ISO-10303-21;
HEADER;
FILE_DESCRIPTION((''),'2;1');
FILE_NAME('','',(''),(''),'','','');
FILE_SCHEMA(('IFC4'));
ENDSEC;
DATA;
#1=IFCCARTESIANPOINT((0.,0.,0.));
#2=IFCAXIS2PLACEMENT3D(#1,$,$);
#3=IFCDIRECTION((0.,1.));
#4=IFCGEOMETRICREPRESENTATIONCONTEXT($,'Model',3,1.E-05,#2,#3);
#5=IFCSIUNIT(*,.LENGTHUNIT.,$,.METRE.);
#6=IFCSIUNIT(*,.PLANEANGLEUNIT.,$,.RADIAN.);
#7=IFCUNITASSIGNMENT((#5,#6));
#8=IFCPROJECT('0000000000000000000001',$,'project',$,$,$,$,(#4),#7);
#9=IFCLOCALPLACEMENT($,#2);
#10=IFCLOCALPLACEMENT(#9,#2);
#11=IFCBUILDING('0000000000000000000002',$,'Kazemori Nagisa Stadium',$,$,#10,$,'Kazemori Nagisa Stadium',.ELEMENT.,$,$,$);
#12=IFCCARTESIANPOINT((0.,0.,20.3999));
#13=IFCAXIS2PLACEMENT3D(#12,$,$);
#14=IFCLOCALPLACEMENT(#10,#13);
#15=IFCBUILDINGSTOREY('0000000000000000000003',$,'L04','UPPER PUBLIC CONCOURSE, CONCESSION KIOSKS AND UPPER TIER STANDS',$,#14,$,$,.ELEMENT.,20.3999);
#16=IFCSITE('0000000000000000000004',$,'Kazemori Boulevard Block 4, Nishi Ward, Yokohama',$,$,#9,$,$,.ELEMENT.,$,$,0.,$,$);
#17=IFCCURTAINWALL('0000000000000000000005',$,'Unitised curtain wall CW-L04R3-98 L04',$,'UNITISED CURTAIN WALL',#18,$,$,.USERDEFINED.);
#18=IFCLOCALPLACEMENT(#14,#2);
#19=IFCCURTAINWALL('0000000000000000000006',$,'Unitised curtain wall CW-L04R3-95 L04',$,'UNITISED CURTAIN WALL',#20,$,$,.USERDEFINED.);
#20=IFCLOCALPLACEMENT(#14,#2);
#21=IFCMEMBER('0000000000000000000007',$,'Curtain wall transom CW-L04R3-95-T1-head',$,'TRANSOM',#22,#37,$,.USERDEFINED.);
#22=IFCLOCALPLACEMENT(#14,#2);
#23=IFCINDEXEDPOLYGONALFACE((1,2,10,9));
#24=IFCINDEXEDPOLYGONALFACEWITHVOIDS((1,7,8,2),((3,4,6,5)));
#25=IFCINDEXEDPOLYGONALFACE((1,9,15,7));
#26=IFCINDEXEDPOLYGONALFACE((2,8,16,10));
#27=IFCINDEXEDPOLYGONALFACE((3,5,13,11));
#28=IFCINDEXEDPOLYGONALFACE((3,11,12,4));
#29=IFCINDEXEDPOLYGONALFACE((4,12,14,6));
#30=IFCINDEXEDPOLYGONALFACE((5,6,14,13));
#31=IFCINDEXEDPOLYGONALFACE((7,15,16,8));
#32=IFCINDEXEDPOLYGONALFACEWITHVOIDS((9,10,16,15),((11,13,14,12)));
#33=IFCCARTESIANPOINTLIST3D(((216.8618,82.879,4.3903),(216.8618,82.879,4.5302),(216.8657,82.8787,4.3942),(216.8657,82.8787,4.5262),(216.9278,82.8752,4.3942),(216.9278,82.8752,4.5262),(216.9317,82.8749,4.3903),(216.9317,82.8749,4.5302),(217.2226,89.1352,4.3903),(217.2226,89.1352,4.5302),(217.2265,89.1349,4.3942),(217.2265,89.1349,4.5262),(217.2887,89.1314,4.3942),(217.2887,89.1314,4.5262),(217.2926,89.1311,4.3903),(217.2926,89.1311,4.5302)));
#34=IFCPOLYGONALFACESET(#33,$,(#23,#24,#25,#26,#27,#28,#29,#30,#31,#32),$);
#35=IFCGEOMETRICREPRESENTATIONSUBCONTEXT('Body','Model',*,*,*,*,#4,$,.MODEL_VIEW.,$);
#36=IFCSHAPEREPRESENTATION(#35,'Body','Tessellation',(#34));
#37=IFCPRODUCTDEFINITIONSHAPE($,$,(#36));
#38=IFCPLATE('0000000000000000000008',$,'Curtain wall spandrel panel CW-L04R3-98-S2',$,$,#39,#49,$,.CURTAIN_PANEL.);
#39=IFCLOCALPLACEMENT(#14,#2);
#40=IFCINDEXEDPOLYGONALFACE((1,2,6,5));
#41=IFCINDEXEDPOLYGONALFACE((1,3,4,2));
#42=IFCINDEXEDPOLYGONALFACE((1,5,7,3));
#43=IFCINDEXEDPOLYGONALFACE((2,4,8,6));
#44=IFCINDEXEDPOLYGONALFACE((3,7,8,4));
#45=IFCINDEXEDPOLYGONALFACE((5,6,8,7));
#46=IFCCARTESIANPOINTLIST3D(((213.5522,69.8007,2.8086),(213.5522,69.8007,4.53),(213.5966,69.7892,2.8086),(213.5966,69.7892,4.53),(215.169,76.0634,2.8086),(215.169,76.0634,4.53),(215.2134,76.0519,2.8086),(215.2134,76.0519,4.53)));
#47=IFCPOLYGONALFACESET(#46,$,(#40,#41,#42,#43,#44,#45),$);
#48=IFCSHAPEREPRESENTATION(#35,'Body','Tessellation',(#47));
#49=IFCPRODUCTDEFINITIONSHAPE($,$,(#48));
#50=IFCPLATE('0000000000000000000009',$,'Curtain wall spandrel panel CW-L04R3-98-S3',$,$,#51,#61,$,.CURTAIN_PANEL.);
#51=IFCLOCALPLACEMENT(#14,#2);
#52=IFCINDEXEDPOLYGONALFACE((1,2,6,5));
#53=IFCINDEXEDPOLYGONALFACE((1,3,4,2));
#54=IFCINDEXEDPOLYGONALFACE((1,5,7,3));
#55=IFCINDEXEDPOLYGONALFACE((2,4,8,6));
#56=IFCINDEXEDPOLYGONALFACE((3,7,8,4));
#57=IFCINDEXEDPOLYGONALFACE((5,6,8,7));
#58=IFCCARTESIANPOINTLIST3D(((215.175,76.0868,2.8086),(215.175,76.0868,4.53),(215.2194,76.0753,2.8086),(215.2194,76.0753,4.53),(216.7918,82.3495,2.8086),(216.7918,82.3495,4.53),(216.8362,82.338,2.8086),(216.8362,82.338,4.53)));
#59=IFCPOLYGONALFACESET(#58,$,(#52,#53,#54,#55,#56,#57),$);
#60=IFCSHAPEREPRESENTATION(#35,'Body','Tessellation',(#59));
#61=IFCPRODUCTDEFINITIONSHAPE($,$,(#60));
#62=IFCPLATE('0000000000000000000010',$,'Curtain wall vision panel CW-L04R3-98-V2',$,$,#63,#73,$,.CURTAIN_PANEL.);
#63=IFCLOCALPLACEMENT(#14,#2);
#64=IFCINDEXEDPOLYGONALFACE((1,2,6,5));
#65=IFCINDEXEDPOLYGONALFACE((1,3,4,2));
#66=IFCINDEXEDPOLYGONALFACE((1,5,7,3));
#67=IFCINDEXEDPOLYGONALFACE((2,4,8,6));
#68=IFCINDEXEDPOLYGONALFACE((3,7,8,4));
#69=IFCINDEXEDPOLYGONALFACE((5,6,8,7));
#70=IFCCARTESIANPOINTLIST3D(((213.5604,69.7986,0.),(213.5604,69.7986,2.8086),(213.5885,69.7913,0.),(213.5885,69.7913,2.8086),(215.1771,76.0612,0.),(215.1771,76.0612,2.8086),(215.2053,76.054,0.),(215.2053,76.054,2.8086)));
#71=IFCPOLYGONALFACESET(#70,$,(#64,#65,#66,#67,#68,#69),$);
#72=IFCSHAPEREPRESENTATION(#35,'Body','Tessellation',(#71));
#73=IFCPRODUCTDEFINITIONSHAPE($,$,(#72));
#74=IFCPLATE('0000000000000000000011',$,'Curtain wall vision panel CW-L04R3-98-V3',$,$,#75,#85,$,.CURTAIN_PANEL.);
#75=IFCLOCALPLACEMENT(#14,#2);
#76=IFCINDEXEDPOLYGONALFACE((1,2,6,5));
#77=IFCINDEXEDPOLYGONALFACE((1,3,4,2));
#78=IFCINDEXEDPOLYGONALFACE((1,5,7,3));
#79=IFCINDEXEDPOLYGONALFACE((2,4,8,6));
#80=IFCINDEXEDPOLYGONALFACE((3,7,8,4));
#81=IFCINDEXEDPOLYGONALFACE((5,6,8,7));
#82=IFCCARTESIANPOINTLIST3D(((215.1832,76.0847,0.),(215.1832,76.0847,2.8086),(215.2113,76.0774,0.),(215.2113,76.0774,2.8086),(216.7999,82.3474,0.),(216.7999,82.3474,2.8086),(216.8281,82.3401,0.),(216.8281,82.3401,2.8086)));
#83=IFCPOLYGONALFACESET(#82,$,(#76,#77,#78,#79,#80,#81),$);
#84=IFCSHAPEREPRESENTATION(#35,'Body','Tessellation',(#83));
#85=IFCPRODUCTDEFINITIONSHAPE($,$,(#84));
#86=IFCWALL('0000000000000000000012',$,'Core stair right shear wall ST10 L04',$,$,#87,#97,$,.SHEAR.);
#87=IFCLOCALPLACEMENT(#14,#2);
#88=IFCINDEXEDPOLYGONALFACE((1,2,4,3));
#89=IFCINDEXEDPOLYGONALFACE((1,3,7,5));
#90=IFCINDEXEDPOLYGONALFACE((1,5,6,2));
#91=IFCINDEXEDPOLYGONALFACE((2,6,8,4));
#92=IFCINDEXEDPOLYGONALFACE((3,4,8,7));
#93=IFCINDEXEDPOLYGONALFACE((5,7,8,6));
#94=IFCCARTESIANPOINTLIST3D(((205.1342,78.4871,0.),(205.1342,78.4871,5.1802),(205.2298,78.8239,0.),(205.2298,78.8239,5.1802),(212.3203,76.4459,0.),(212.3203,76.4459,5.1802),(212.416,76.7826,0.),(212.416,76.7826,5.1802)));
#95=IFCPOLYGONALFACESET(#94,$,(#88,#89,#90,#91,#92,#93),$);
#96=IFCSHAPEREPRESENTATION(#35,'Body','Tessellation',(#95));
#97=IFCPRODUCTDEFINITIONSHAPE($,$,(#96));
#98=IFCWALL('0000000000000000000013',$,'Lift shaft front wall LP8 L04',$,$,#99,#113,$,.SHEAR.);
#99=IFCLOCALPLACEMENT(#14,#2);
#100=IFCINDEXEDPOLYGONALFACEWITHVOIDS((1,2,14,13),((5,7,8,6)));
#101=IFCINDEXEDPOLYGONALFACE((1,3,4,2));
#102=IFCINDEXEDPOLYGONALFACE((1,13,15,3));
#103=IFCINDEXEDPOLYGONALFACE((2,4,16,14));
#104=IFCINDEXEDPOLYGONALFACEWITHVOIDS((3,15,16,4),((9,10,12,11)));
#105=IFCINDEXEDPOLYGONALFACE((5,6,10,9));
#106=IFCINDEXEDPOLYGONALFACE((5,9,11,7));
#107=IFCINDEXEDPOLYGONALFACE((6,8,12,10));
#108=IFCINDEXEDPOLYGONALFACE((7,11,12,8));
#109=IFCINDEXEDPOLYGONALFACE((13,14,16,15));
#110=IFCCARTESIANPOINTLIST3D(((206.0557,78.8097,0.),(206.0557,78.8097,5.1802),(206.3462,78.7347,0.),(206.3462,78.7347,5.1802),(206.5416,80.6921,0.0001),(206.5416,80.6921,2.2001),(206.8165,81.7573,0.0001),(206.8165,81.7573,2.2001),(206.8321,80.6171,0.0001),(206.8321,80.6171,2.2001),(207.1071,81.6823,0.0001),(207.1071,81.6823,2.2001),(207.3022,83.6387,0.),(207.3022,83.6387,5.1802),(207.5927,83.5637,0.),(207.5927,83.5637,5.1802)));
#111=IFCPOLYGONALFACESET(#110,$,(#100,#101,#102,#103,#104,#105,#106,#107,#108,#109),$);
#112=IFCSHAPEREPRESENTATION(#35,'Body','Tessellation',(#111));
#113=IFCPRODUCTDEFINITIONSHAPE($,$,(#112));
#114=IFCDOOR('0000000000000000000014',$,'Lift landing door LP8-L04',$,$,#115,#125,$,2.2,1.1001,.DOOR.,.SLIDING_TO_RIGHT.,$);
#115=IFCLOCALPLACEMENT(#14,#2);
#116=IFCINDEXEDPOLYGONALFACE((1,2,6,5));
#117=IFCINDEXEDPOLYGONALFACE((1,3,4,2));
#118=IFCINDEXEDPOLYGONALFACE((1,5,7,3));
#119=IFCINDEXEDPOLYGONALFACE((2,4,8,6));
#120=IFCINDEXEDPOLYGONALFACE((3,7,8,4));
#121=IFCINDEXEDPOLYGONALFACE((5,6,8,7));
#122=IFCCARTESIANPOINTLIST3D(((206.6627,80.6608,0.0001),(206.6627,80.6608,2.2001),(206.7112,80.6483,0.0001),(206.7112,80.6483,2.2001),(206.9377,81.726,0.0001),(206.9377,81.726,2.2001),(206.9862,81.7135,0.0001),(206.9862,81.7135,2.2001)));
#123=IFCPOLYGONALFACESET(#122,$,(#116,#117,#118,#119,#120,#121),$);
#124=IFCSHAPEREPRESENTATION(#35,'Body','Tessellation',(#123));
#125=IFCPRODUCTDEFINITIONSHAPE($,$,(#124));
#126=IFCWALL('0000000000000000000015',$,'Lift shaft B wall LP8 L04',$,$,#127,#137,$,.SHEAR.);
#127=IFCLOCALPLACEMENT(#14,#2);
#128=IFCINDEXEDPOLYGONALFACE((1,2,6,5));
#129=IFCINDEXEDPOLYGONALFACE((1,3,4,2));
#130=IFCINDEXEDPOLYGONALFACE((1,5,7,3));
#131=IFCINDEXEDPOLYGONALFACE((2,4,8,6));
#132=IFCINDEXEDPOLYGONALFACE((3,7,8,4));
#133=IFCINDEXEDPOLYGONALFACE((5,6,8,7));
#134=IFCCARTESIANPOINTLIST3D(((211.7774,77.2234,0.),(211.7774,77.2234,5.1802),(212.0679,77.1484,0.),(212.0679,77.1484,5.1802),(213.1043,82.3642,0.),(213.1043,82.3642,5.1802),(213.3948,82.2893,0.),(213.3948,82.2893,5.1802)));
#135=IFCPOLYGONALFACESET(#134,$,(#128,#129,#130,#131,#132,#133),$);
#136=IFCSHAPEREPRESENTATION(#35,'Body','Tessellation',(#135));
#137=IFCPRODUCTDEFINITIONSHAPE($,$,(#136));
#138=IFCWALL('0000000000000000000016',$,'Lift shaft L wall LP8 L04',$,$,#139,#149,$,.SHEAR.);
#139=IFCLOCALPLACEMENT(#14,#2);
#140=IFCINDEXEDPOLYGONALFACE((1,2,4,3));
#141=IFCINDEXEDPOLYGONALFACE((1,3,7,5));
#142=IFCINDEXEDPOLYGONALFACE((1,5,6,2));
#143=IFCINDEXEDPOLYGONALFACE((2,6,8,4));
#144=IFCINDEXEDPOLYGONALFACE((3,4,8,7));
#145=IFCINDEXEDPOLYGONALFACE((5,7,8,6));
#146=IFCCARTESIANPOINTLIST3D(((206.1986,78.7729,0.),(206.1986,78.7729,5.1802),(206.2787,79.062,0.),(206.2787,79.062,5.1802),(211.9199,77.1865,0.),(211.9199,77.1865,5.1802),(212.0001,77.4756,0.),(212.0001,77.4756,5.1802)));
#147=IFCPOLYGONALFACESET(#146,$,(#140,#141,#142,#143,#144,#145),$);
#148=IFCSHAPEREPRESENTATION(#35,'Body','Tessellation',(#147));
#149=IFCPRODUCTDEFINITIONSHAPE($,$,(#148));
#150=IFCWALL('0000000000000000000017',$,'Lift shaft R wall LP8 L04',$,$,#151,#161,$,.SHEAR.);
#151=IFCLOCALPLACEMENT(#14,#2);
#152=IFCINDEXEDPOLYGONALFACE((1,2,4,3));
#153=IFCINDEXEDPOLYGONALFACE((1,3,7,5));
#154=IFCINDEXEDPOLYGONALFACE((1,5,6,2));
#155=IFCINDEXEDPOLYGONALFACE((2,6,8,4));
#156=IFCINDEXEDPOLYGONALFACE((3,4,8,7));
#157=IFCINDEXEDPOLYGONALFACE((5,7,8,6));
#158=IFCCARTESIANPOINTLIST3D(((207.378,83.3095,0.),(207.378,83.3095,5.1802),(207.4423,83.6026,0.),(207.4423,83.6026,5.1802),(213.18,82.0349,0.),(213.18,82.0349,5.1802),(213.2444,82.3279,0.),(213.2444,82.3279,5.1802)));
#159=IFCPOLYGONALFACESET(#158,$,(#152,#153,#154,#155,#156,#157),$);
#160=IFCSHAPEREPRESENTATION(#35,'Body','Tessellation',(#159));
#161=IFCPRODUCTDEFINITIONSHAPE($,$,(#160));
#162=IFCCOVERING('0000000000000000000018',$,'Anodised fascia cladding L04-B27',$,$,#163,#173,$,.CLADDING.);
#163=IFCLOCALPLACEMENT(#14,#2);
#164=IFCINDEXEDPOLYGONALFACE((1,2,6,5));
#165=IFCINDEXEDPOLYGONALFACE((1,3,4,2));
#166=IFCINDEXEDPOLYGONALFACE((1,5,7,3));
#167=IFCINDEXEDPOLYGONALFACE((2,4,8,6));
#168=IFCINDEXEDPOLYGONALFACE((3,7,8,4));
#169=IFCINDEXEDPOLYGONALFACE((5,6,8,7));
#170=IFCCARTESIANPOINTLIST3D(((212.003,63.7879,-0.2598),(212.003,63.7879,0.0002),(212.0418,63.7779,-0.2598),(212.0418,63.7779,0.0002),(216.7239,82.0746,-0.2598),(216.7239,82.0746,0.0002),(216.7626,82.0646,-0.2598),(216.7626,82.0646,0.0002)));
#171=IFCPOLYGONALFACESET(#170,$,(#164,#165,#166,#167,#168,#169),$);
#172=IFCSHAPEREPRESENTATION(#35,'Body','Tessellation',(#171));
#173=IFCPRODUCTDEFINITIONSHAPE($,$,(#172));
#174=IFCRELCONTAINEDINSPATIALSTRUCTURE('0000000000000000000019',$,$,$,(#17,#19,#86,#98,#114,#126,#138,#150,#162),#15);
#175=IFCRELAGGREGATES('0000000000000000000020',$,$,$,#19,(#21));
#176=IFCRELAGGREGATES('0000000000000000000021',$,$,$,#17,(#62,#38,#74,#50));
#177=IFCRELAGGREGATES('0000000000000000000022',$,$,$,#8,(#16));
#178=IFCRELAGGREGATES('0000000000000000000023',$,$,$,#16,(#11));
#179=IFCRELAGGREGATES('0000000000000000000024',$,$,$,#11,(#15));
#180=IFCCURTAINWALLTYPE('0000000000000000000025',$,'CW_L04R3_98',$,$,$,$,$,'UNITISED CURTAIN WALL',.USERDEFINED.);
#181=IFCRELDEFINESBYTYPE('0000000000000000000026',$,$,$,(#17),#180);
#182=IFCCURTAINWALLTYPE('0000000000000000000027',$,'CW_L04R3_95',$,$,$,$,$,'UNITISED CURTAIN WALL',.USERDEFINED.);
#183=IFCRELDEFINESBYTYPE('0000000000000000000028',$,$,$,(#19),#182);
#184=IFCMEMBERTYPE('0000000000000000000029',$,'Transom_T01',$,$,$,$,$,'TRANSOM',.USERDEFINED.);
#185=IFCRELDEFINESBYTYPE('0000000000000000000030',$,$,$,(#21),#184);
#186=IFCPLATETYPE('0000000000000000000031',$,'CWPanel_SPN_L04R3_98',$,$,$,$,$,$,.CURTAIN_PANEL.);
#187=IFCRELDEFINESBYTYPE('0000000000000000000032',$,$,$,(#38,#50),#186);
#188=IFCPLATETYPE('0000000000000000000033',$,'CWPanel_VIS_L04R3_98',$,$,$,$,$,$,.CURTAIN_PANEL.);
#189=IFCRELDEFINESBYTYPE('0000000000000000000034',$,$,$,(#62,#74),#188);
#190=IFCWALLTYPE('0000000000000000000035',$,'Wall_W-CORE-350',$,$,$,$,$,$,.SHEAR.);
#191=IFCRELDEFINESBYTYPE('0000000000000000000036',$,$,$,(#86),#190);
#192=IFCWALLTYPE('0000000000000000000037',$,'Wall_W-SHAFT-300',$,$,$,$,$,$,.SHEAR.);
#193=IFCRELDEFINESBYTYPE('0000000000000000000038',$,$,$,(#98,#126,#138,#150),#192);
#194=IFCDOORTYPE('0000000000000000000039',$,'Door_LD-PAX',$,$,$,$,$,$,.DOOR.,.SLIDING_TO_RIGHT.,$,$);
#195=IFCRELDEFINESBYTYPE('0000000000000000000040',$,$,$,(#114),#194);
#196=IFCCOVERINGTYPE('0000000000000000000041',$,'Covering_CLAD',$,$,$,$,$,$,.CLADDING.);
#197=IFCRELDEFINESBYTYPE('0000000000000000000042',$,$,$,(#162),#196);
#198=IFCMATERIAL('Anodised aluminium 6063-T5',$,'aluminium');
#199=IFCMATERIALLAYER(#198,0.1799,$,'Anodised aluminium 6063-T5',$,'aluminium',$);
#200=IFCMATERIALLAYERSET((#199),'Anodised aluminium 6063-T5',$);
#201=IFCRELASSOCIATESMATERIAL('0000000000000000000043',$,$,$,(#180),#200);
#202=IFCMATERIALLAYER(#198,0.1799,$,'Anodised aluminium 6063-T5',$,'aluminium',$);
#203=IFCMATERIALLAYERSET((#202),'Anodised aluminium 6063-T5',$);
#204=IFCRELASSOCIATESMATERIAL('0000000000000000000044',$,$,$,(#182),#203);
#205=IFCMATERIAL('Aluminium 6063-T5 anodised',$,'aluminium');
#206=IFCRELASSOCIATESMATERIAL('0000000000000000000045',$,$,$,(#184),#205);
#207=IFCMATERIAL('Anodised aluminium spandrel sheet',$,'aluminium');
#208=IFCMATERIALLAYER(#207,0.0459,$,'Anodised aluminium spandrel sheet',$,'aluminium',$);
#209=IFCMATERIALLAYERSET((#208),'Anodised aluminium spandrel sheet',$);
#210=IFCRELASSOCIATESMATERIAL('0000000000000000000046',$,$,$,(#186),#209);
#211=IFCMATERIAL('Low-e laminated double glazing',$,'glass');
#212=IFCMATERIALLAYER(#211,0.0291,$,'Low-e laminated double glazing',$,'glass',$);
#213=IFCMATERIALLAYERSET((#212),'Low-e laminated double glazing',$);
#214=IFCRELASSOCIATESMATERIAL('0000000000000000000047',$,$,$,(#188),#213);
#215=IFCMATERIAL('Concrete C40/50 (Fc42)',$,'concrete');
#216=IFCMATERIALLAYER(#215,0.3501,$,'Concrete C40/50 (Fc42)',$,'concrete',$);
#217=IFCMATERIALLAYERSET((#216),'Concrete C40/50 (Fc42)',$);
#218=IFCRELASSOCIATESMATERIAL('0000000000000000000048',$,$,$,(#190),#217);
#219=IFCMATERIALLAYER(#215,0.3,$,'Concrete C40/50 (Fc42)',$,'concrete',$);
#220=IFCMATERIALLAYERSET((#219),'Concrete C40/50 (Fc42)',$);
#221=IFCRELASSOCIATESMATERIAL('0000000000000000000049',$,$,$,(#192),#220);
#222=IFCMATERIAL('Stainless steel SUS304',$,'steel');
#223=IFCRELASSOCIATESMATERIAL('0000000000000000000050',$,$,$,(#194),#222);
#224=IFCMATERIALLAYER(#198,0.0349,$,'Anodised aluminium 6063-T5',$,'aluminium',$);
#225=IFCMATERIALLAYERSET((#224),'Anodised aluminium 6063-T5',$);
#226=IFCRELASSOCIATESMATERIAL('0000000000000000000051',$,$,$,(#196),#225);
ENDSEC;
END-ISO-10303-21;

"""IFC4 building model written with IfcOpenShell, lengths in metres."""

from ifc_helpers import new_model, si_unit, direction, frame, frame_2d, origin, origin_2d, place, context, subcontext, project, spatial, rectangle, hollow_rectangle, extrude, material, layer, layer_set, material_profile, profile_set, type_object, element, fill, aggregate, save


model = new_model("IFC4")

# Units and contexts
model_context = context("Model", 3, precision=1e-05, world=origin(), true_north=direction((0.0, 1.0)))
body_context = subcontext(model_context, "Body", "Model", "MODEL_VIEW")
ifc_project = project(units=[si_unit("LENGTHUNIT", "METRE"), si_unit("PLANEANGLEUNIT", "RADIAN")], contexts=[model_context])

# Site, building, storey
site_placement = place(None, origin())
site = spatial("IfcSite", under=ifc_project, at=site_placement, Name="Kazemori Boulevard Block 4, Nishi Ward, Yokohama", CompositionType="ELEMENT", RefElevation=0.0)
building_placement = place(site_placement, origin())
building = spatial("IfcBuilding", under=site, at=building_placement, Name="Kazemori Nagisa Stadium", LongName="Kazemori Nagisa Stadium", CompositionType="ELEMENT")
storey_placement = place(building_placement, frame((0.0, 0.0, 20.3999)))
storey = spatial("IfcBuildingStorey", under=building, at=storey_placement, Name="L04", Description="UPPER PUBLIC CONCOURSE, CONCESSION KIOSKS AND UPPER TIER STANDS", CompositionType="ELEMENT", Elevation=20.3999)

# Curtain wall
ifc_material_1 = material(Name="Anodised aluminium 6063-T5", Category="aluminium")
ifc_layer_1 = layer(ifc_material_1, 0.1799, Name="Anodised aluminium 6063-T5", Category="aluminium")
ifc_layer_set_1 = layer_set([ifc_layer_1], Name="Anodised aluminium 6063-T5")
curtain_wall_type_1 = type_object("IfcCurtainWallType", Name="CW_L04R3_98", ElementType="UNITISED CURTAIN WALL", PredefinedType="USERDEFINED", material=ifc_layer_set_1)
curtain_wall_1_placement = place(storey_placement, origin())
curtain_wall_1 = element("IfcCurtainWall", 1, at=curtain_wall_1_placement, inside=storey, type_object=curtain_wall_type_1, Name="Unitised curtain wall CW-L04R3-98 L04", ObjectType="UNITISED CURTAIN WALL", PredefinedType="USERDEFINED")
ifc_material_2 = material(Name="Aluminium 6063-T5 anodised", Category="aluminium")

# Curtain wall
ifc_layer_2 = layer(ifc_material_1, 0.1799, Name="Anodised aluminium 6063-T5", Category="aluminium")
ifc_layer_set_2 = layer_set([ifc_layer_2], Name="Anodised aluminium 6063-T5")
curtain_wall_type_2 = type_object("IfcCurtainWallType", Name="CW_L04R3_95", ElementType="UNITISED CURTAIN WALL", PredefinedType="USERDEFINED", material=ifc_layer_set_2)
curtain_wall_2_placement = place(storey_placement, origin())
curtain_wall_2 = element("IfcCurtainWall", 2, at=curtain_wall_2_placement, inside=storey, type_object=curtain_wall_type_2, Name="Unitised curtain wall CW-L04R3-95 L04", ObjectType="UNITISED CURTAIN WALL", PredefinedType="USERDEFINED")

# Member
ifc_material_profile_1 = material_profile(ifc_material_2, hollow_rectangle(XDim=0.0701, YDim=0.1399, WallThickness=0.0039, at=origin_2d()), Name="ALU-TRAN-70x140x4")
ifc_profile_set_1 = profile_set([ifc_material_profile_1], Name="Aluminium 6063-T5 anodised")
member_type_1 = type_object("IfcMemberType", Name="Transom_T01", ElementType="TRANSOM", PredefinedType="USERDEFINED", material=ifc_profile_set_1)
member_1_placement = place(storey_placement, frame((216.8967, 82.877, 4.4602), z_axis=(0.057582, 0.998341, 0.0), x_axis=(-0.998341, 0.057582, 0.0)))
member_1 = element("IfcMember", 3, at=member_1_placement, type_object=member_type_1, Name="Curtain wall transom CW-L04R3-95-T1-head", ObjectType="TRANSOM", PredefinedType="USERDEFINED", context=body_context, shape_type="SweptSolid", body=[
    extrude(hollow_rectangle(XDim=0.0701, YDim=0.1399, WallThickness=0.0039, at=origin_2d()), origin(), (0.0, 0.0, 1.0), 6.2666),
])
aggregate(curtain_wall_2, [member_1])

# Plates
ifc_material_3 = material(Name="Anodised aluminium spandrel sheet", Category="aluminium")
ifc_layer_3 = layer(ifc_material_3, 0.0459, Name="Anodised aluminium spandrel sheet", Category="aluminium")
ifc_layer_set_3 = layer_set([ifc_layer_3], Name="Anodised aluminium spandrel sheet")
plate_type_1 = type_object("IfcPlateType", Name="CWPanel_SPN_L04R3_98", PredefinedType="CURTAIN_PANEL", material=ifc_layer_set_3)
plate_1_placement = place(storey_placement, frame((214.3828, 72.9263, 2.8086), z_axis=(0.0, 0.0, 1.0), x_axis=(0.249965, 0.968255, 0.0)))
plate_1 = element("IfcPlate", 4, at=plate_1_placement, type_object=plate_type_1, Name="Curtain wall spandrel panel CW-L04R3-98-S2", PredefinedType="CURTAIN_PANEL", context=body_context, shape_type="SweptSolid", body=[
    extrude(rectangle(XDim=6.468, YDim=0.0459, at=origin_2d()), origin(), (0.0, 0.0, 1.0), 1.7214),
])
plate_2_placement = place(storey_placement, frame((216.0056, 79.2124, 2.8086), z_axis=(0.0, 0.0, 1.0), x_axis=(0.249965, 0.968255, 0.0)))
plate_2 = element("IfcPlate", 5, at=plate_2_placement, type_object=plate_type_1, Name="Curtain wall spandrel panel CW-L04R3-98-S3", PredefinedType="CURTAIN_PANEL", context=body_context, shape_type="SweptSolid", body=[
    extrude(rectangle(XDim=6.468, YDim=0.0459, at=origin_2d()), origin(), (0.0, 0.0, 1.0), 1.7214),
])
ifc_material_4 = material(Name="Low-e laminated double glazing", Category="glass")
ifc_layer_4 = layer(ifc_material_4, 0.0291, Name="Low-e laminated double glazing", Category="glass")
ifc_layer_set_4 = layer_set([ifc_layer_4], Name="Low-e laminated double glazing")
plate_type_2 = type_object("IfcPlateType", Name="CWPanel_VIS_L04R3_98", PredefinedType="CURTAIN_PANEL", material=ifc_layer_set_4)
plate_3_placement = place(storey_placement, frame((214.3828, 72.9263, 0.0), z_axis=(0.0, 0.0, 1.0), x_axis=(0.249965, 0.968255, 0.0)))
plate_3 = element("IfcPlate", 6, at=plate_3_placement, type_object=plate_type_2, Name="Curtain wall vision panel CW-L04R3-98-V2", PredefinedType="CURTAIN_PANEL", context=body_context, shape_type="SweptSolid", body=[
    extrude(rectangle(XDim=6.468, YDim=0.0291, at=origin_2d()), origin(), (0.0, 0.0, 1.0), 2.8086),
])
plate_4_placement = place(storey_placement, frame((216.0056, 79.2124, 0.0), z_axis=(0.0, 0.0, 1.0), x_axis=(0.249965, 0.968255, 0.0)))
plate_4 = element("IfcPlate", 7, at=plate_4_placement, type_object=plate_type_2, Name="Curtain wall vision panel CW-L04R3-98-V3", PredefinedType="CURTAIN_PANEL", context=body_context, shape_type="SweptSolid", body=[
    extrude(rectangle(XDim=6.468, YDim=0.0291, at=origin_2d()), origin(), (0.0, 0.0, 1.0), 2.8086),
])
aggregate(curtain_wall_1, [plate_3, plate_1, plate_4, plate_2])

# Wall
ifc_material_5 = material(Name="Concrete C40/50 (Fc42)", Category="concrete")
ifc_layer_5 = layer(ifc_material_5, 0.3501, Name="Concrete C40/50 (Fc42)", Category="concrete")
ifc_layer_set_5 = layer_set([ifc_layer_5], Name="Concrete C40/50 (Fc42)")
wall_type_1 = type_object("IfcWallType", Name="Wall_W-CORE-350", PredefinedType="SHEAR", material=ifc_layer_set_5)
wall_1_placement = place(storey_placement, frame((205.1819, 78.6555, 0.0), z_axis=(0.0, 0.0, 1.0), x_axis=(0.961946, -0.27324, 0.0)))
element("IfcWall", 8, at=wall_1_placement, inside=storey, type_object=wall_type_1, Name="Core stair right shear wall ST10 L04", PredefinedType="SHEAR", context=body_context, shape_type="SweptSolid", body=[
    extrude(rectangle(XDim=7.4705, YDim=0.3501, at=frame_2d((3.7354, 0.0))), origin(), (0.0, 0.0, 1.0), 5.1802),
])

# Wall, opening, door
ifc_layer_6 = layer(ifc_material_5, 0.3, Name="Concrete C40/50 (Fc42)", Category="concrete")
ifc_layer_set_6 = layer_set([ifc_layer_6], Name="Concrete C40/50 (Fc42)")
wall_type_2 = type_object("IfcWallType", Name="Wall_W-SHAFT-300", PredefinedType="SHEAR", material=ifc_layer_set_6)
wall_2_placement = place(storey_placement, frame((206.2009, 78.7722, 0.0), z_axis=(0.0, 0.0, 1.0), x_axis=(0.249946, 0.96826, 0.0)))
wall_2 = element("IfcWall", 9, at=wall_2_placement, inside=storey, type_object=wall_type_2, Name="Lift shaft front wall LP8 L04", PredefinedType="SHEAR", context=body_context, shape_type="SweptSolid", body=[
    extrude(rectangle(XDim=4.9873, YDim=0.3, at=frame_2d((2.4937, 0.0))), origin(), (0.0, 0.0, 1.0), 5.1802),
])
opening_placement = place(wall_2_placement, frame((1.9441, 0.0, 0.0)))
opening = element("IfcOpeningElement", 10, at=opening_placement, cuts=wall_2, PredefinedType="OPENING", context=body_context, shape_type="SweptSolid", body=[
    extrude(rectangle(XDim=1.1001, YDim=2.2, at=frame_2d((0.55, 1.1001))), frame((0.0, 0.1599, 0.0), z_axis=(0.0, -1.0, 0.0), x_axis=(1.0, 0.0, 0.0)), (0.0, 0.0, 1.0), 0.3201),
])
ifc_material_6 = material(Name="Stainless steel SUS304", Category="steel")
door_type = type_object("IfcDoorType", Name="Door_LD-PAX", OperationType="SLIDING_TO_RIGHT", PredefinedType="DOOR", material=ifc_material_6)
door_placement = place(opening_placement, origin())
door = element("IfcDoor", 11, at=door_placement, inside=storey, type_object=door_type, Name="Lift landing door LP8-L04", OperationType="SLIDING_TO_RIGHT", OverallHeight=2.2, OverallWidth=1.1001, PredefinedType="DOOR", context=body_context, shape_type="SweptSolid", body=[
    extrude(rectangle(XDim=1.1001, YDim=2.2, at=frame_2d((0.55, 1.1001))), frame((0.0, 0.0249, 0.0), z_axis=(0.0, -1.0, 0.0), x_axis=(1.0, 0.0, 0.0)), (0.0, 0.0, 1.0), 0.05),
])
fill(opening, door)

# Walls
wall_3_placement = place(storey_placement, frame((211.9226, 77.1858, 0.0), z_axis=(0.0, 0.0, 1.0), x_axis=(0.249918, 0.968267, 0.0)))
element("IfcWall", 12, at=wall_3_placement, inside=storey, type_object=wall_type_2, Name="Lift shaft B wall LP8 L04", PredefinedType="SHEAR", context=body_context, shape_type="SweptSolid", body=[
    extrude(rectangle(XDim=5.3093, YDim=0.3, at=frame_2d((2.6548, 0.0))), origin(), (0.0, 0.0, 1.0), 5.1802),
])
wall_4_placement = place(storey_placement, frame((206.2385, 78.9175, 0.0), z_axis=(0.0, 0.0, 1.0), x_axis=(0.963642, -0.267196, 0.0)))
element("IfcWall", 13, at=wall_4_placement, inside=storey, type_object=wall_type_2, Name="Lift shaft L wall LP8 L04", PredefinedType="SHEAR", context=body_context, shape_type="SweptSolid", body=[
    extrude(rectangle(XDim=5.9373, YDim=0.3, at=frame_2d((2.9688, 0.0))), origin(), (0.0, 0.0, 1.0), 5.1802),
])
wall_5_placement = place(storey_placement, frame((207.4102, 83.4561, 0.0), z_axis=(0.0, 0.0, 1.0), x_axis=(0.976707, -0.214576, 0.0)))
element("IfcWall", 14, at=wall_5_placement, inside=storey, type_object=wall_type_2, Name="Lift shaft R wall LP8 L04", PredefinedType="SHEAR", context=body_context, shape_type="SweptSolid", body=[
    extrude(rectangle(XDim=5.9404, YDim=0.3, at=frame_2d((2.9702, 0.0))), origin(), (0.0, 0.0, 1.0), 5.1802),
])

# Covering
ifc_layer_7 = layer(ifc_material_1, 0.0349, Name="Anodised aluminium 6063-T5", Category="aluminium")
ifc_layer_set_7 = layer_set([ifc_layer_7], Name="Anodised aluminium 6063-T5")
covering_type = type_object("IfcCoveringType", Name="Covering_CLAD", PredefinedType="CLADDING", material=ifc_layer_set_7)
covering_placement = place(storey_placement, frame((214.3828, 72.9263, -0.2598), z_axis=(0.0, 0.0, 1.0), x_axis=(0.249965, 0.968255, 0.0)))
element("IfcCovering", 15, at=covering_placement, inside=storey, type_object=covering_type, Name="Anodised fascia cladding L04-B27", PredefinedType="CLADDING", context=body_context, shape_type="SweptSolid", body=[
    extrude(rectangle(XDim=18.8862, YDim=0.04, at=origin_2d()), origin(), (0.0, 0.0, 1.0), 0.26),
])

save(model, "model.ifc")
